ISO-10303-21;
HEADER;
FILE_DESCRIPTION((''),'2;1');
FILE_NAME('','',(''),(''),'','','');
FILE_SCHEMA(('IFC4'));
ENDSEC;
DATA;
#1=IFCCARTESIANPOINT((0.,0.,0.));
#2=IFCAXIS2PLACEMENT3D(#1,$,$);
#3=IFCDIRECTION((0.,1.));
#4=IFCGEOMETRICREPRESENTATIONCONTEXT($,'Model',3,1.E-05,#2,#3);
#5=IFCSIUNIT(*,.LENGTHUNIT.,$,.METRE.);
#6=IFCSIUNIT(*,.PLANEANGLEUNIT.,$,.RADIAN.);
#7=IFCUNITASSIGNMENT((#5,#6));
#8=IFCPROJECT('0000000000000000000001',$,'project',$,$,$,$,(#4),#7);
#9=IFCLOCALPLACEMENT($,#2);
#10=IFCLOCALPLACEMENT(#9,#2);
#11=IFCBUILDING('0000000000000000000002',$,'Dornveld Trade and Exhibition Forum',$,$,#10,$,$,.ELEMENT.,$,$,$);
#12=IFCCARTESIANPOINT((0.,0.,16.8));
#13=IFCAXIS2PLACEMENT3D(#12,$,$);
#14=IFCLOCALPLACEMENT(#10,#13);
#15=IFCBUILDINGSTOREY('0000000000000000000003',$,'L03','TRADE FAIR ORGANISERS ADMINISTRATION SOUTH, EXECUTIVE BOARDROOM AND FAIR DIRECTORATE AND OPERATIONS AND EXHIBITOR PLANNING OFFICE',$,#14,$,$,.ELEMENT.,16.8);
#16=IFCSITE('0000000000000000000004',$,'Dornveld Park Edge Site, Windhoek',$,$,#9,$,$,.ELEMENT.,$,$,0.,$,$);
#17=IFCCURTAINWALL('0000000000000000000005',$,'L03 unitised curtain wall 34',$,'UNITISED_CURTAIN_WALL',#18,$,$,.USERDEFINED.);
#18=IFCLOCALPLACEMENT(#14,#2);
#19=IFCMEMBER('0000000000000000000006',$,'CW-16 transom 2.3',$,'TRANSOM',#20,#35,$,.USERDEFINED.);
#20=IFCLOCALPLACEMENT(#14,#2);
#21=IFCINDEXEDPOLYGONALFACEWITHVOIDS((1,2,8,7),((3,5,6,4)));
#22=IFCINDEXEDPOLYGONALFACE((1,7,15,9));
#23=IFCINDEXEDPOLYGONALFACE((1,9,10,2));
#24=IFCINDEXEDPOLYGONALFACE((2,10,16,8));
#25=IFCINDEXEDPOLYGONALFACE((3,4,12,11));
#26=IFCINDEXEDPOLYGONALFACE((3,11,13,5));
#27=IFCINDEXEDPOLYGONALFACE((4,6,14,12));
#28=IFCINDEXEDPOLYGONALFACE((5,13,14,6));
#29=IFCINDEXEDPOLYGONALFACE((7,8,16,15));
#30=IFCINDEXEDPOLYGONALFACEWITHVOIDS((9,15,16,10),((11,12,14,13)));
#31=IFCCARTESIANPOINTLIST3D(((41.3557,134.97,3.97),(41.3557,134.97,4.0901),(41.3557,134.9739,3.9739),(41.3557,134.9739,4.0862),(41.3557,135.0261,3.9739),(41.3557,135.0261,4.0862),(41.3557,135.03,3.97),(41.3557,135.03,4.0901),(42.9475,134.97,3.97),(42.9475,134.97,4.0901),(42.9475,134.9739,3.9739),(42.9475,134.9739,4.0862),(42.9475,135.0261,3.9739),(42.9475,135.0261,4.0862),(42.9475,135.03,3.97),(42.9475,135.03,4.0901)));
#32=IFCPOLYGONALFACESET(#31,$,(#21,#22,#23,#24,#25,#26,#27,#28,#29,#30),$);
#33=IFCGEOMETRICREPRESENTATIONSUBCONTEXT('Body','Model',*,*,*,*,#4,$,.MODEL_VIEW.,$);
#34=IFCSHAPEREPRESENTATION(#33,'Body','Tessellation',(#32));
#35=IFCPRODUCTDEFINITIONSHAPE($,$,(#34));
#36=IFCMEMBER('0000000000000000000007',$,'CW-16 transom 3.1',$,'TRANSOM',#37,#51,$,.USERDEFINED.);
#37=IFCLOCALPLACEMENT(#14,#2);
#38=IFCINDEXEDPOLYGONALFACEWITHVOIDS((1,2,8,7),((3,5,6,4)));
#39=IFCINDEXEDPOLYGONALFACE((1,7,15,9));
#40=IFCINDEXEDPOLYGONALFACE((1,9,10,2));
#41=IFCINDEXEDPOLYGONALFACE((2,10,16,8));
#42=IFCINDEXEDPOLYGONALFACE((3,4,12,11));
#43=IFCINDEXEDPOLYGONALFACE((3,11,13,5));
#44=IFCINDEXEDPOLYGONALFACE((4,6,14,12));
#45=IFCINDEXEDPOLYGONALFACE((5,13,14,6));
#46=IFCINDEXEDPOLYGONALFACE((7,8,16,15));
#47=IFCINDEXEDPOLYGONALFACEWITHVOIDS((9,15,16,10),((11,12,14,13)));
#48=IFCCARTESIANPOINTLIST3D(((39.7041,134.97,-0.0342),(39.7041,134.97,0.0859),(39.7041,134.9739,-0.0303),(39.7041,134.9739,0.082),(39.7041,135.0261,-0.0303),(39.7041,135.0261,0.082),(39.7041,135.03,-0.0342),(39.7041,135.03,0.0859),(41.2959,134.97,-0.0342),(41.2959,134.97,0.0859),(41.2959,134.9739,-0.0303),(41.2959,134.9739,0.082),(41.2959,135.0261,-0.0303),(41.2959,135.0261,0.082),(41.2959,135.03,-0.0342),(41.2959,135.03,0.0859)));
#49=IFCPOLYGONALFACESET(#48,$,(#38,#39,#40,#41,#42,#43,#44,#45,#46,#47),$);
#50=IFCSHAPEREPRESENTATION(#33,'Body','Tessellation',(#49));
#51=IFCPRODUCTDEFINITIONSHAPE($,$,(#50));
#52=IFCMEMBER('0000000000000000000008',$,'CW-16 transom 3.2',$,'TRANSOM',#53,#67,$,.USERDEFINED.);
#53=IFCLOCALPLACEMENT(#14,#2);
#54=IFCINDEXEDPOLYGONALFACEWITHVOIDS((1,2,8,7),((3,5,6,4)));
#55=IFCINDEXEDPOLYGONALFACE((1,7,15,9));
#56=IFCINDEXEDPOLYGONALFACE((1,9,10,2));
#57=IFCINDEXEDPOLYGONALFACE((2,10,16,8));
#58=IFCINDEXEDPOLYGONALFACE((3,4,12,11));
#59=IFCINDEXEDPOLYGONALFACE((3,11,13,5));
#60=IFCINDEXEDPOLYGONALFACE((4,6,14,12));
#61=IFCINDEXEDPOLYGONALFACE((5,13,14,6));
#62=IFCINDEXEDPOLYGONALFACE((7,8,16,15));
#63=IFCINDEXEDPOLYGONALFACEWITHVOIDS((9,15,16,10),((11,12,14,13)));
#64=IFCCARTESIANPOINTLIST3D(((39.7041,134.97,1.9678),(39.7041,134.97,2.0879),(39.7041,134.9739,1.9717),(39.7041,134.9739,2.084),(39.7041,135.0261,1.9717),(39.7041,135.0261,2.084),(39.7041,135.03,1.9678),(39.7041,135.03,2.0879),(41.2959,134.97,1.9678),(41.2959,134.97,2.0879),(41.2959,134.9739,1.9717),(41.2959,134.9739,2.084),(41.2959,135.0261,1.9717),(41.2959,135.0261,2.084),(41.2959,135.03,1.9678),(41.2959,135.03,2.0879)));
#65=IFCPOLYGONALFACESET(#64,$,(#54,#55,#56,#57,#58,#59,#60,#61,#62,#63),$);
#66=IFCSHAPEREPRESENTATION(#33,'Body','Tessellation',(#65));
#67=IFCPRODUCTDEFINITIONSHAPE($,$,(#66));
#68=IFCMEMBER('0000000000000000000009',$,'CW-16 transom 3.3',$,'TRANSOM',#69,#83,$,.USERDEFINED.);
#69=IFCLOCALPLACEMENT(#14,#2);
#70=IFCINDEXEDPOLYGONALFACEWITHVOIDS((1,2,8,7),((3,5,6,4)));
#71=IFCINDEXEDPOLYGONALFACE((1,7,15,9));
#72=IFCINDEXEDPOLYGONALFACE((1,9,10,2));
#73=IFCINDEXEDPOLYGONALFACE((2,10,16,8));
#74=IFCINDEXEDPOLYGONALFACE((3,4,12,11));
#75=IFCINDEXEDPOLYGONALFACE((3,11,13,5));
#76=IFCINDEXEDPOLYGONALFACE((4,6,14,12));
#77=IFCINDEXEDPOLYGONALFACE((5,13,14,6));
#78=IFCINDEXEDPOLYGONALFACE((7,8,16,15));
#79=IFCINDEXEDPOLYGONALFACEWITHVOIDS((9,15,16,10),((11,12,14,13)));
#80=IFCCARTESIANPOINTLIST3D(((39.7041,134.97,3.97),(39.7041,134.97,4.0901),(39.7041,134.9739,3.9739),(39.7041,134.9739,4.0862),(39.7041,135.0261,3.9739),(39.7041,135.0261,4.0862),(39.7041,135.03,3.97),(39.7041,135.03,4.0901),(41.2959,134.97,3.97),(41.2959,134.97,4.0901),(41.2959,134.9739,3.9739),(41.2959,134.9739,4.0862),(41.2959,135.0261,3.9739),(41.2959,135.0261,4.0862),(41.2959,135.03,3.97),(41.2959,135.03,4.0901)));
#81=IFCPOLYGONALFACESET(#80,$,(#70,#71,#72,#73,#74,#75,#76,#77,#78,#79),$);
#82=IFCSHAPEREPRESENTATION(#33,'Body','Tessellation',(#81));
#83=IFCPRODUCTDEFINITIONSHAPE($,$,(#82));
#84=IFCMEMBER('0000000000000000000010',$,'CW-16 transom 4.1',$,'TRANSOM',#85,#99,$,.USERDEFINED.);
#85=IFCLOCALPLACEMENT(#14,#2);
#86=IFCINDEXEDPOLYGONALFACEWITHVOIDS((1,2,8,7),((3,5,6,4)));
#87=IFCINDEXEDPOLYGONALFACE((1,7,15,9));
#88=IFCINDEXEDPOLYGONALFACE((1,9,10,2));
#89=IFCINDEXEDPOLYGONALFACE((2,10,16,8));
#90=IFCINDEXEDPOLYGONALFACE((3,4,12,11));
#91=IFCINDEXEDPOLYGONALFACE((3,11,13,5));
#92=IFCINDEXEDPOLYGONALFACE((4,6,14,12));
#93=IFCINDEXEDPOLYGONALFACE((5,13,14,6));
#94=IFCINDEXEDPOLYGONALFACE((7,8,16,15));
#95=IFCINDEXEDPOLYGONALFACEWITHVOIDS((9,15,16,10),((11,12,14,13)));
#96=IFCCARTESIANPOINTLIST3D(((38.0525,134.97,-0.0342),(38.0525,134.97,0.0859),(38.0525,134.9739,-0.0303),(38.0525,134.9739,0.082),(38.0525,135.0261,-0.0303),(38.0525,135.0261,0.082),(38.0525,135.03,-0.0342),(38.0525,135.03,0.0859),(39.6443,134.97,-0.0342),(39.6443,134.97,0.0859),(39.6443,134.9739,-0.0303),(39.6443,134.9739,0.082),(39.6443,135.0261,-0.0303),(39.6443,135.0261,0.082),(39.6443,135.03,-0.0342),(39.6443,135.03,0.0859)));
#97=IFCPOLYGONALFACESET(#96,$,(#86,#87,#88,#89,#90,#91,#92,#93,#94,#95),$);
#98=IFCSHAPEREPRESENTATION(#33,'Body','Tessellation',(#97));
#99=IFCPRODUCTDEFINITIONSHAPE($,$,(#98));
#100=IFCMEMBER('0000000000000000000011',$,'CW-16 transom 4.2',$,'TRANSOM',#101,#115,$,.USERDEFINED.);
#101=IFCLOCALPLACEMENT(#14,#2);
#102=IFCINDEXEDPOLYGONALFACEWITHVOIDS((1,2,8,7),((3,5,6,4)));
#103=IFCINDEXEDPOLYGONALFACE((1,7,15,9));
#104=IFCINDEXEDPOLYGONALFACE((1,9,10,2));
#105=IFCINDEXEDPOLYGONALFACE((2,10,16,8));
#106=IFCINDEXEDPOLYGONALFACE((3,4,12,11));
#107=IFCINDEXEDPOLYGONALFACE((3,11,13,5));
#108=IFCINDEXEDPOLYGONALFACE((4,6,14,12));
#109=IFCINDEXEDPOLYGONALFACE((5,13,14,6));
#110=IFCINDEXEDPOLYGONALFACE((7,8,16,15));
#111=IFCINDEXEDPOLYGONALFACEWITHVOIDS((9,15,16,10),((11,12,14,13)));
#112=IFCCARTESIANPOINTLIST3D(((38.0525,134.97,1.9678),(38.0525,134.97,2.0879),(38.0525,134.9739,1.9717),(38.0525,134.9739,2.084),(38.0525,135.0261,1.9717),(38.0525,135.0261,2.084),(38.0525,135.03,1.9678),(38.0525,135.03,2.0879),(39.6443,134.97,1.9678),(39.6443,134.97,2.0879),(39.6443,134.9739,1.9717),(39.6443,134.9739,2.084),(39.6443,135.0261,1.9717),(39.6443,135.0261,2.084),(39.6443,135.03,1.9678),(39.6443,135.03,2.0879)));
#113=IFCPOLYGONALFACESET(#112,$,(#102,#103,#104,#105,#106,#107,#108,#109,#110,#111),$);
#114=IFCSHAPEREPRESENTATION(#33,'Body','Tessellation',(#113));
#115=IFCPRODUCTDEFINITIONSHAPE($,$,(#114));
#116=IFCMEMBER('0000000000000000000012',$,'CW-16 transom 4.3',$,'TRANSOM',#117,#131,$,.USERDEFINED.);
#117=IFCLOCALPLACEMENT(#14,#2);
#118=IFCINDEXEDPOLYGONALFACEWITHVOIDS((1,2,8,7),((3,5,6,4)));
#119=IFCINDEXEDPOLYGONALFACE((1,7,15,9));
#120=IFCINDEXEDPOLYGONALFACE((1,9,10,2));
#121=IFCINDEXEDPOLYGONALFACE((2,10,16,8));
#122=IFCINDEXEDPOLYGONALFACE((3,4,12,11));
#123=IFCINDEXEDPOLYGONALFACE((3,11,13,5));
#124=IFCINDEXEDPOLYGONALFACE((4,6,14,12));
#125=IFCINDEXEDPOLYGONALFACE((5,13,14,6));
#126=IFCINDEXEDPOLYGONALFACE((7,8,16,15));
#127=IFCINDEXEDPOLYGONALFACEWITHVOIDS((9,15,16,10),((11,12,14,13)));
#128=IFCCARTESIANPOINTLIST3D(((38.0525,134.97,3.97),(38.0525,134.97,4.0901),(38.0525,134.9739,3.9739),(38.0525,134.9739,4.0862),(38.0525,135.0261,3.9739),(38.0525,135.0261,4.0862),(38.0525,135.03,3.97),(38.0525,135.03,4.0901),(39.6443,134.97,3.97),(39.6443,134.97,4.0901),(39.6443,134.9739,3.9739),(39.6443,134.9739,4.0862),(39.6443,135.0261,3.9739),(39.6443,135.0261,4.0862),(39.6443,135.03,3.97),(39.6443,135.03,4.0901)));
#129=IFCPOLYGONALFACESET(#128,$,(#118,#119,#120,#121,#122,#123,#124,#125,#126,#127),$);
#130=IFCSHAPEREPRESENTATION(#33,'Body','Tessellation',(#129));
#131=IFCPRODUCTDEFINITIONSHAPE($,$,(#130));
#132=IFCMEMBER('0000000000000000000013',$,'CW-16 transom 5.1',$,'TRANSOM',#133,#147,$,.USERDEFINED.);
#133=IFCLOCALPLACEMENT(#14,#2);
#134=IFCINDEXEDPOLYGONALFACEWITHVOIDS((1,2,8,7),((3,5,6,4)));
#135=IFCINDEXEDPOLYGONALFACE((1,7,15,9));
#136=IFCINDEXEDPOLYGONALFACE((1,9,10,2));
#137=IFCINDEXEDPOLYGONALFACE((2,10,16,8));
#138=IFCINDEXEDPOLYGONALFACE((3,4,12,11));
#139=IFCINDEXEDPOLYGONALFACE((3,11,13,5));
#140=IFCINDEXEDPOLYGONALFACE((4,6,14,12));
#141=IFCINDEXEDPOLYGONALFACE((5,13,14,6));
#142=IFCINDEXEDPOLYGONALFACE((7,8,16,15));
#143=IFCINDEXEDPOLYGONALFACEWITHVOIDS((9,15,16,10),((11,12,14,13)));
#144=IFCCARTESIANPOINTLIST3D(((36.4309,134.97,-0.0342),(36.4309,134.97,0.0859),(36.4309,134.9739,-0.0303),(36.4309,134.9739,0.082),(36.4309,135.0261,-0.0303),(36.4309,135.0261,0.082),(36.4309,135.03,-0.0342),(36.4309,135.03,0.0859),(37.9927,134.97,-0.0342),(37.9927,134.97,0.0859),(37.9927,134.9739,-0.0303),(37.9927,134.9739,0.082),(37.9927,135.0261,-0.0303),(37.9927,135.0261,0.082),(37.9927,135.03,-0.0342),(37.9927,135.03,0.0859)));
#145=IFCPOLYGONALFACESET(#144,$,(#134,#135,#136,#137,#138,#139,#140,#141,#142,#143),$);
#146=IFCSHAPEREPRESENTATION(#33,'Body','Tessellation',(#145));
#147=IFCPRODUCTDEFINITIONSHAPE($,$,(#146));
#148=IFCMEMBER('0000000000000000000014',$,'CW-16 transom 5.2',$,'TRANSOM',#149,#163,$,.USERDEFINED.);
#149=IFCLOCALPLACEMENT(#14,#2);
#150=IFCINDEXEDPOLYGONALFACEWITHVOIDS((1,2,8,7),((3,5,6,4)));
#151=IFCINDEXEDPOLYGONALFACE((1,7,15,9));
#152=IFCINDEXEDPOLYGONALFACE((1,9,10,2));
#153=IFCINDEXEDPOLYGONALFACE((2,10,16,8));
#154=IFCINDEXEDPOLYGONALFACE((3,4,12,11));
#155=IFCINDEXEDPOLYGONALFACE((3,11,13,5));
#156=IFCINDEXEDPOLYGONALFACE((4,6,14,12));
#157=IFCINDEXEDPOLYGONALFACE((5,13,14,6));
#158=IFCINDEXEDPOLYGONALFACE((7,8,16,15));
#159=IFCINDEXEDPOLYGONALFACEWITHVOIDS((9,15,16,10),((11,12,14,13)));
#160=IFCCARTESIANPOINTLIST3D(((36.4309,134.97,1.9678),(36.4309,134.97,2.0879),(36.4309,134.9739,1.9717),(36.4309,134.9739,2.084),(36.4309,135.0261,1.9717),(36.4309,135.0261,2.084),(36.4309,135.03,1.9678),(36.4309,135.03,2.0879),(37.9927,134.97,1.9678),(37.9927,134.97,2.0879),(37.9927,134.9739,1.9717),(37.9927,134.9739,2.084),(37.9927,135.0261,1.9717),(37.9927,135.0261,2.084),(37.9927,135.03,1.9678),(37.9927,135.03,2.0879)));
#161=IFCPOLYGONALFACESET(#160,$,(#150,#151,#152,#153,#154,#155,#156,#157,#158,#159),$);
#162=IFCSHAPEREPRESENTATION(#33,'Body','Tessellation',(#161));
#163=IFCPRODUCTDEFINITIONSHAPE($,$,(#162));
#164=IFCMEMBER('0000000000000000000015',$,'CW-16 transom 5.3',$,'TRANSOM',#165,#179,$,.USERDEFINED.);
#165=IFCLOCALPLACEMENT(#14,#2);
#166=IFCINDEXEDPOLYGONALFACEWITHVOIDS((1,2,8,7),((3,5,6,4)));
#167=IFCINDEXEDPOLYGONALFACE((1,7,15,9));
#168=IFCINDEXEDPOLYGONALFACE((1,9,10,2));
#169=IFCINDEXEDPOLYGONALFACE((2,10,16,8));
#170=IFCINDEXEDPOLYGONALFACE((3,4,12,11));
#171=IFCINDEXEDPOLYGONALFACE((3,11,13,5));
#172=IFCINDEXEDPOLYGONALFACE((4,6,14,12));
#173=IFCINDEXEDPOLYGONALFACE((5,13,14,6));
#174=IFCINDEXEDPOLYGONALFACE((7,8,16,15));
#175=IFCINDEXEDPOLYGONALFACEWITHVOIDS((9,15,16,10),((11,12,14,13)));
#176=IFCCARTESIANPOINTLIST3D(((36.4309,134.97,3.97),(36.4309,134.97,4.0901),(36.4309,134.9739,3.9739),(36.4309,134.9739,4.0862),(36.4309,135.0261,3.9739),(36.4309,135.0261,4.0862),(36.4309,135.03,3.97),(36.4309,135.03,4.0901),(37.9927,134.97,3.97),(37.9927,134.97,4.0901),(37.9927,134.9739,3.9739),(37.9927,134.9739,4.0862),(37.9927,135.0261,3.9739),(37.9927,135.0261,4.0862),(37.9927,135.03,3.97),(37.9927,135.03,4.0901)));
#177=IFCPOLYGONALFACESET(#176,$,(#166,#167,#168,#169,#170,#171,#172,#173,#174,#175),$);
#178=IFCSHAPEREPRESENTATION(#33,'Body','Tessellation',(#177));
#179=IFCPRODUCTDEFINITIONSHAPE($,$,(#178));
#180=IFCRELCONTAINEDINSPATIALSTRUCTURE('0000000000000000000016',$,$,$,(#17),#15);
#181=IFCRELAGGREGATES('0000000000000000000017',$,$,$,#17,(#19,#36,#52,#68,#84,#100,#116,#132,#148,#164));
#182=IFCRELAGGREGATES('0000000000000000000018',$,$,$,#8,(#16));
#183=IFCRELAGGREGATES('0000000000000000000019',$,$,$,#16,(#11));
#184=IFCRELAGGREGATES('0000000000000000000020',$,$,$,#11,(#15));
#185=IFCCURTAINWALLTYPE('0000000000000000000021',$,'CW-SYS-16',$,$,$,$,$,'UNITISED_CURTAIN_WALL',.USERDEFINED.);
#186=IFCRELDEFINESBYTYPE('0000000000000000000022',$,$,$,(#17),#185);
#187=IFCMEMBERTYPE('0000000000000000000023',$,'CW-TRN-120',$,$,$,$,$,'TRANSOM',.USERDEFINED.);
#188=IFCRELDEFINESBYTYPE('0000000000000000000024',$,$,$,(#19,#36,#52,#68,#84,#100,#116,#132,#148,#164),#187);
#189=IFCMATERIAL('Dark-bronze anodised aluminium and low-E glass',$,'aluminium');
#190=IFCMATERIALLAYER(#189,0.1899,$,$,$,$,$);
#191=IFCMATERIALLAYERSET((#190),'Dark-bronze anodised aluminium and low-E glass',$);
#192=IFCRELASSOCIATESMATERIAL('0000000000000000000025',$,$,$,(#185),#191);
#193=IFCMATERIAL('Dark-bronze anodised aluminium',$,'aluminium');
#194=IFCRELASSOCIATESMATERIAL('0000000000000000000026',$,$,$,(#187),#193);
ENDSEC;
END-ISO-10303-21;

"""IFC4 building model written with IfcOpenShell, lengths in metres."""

from ifc_helpers import new_model, si_unit, direction, frame, origin, origin_2d, place, context, subcontext, project, spatial, hollow_rectangle, extrude, material, layer, layer_set, material_profile, profile_set, type_object, element, aggregate, save


model = new_model("IFC4")

# Units and contexts
model_context = context("Model", 3, precision=1e-05, world=origin(), true_north=direction((0.0, 1.0)))
body_context = subcontext(model_context, "Body", "Model", "MODEL_VIEW")
ifc_project = project(units=[si_unit("LENGTHUNIT", "METRE"), si_unit("PLANEANGLEUNIT", "RADIAN")], contexts=[model_context])

# Site, building, storey
site_placement = place(None, origin())
site = spatial("IfcSite", under=ifc_project, at=site_placement, Name="Dornveld Park Edge Site, Windhoek", CompositionType="ELEMENT", RefElevation=0.0)
building_placement = place(site_placement, origin())
building = spatial("IfcBuilding", under=site, at=building_placement, Name="Dornveld Trade and Exhibition Forum", CompositionType="ELEMENT")
storey_placement = place(building_placement, frame((0.0, 0.0, 16.8)))
storey = spatial("IfcBuildingStorey", under=building, at=storey_placement, Name="L03", Description="TRADE FAIR ORGANISERS ADMINISTRATION SOUTH, EXECUTIVE BOARDROOM AND FAIR DIRECTORATE AND OPERATIONS AND EXHIBITOR PLANNING OFFICE", CompositionType="ELEMENT", Elevation=16.8)

# Curtain wall, members
ifc_material_1 = material(Name="Dark-bronze anodised aluminium and low-E glass", Category="aluminium")
ifc_layer_1 = layer(ifc_material_1, 0.1899)
ifc_layer_set_1 = layer_set([ifc_layer_1], Name="Dark-bronze anodised aluminium and low-E glass")
curtain_wall_type_1 = type_object("IfcCurtainWallType", Name="CW-SYS-16", ElementType="UNITISED_CURTAIN_WALL", PredefinedType="USERDEFINED", material=ifc_layer_set_1)
curtain_wall_1_placement = place(storey_placement, origin())
curtain_wall_1 = element("IfcCurtainWall", 1, at=curtain_wall_1_placement, inside=storey, type_object=curtain_wall_type_1, Name="L03 unitised curtain wall 34", ObjectType="UNITISED_CURTAIN_WALL", PredefinedType="USERDEFINED")
ifc_material_2 = material(Name="Dark-bronze anodised aluminium", Category="aluminium")
ifc_material_profile_1 = material_profile(ifc_material_2, hollow_rectangle(XDim=0.0601, YDim=0.1201, WallThickness=0.0039, at=origin_2d()), Name="RHS 120x60x4")
ifc_profile_set_1 = profile_set([ifc_material_profile_1], Name="Dark-bronze anodised aluminium")
member_type_1 = type_object("IfcMemberType", Name="CW-TRN-120", ElementType="TRANSOM", PredefinedType="USERDEFINED", material=ifc_profile_set_1)
member_1_placement = place(storey_placement, frame((42.9475, 135.0, 4.03), z_axis=(-1.0, 0.0, 0.0), x_axis=(0.0, -1.0, 0.0)))
member_1 = element("IfcMember", 2, at=member_1_placement, type_object=member_type_1, Name="CW-16 transom 2.3", ObjectType="TRANSOM", PredefinedType="USERDEFINED", context=body_context, shape_type="SweptSolid", body=[
    extrude(hollow_rectangle(XDim=0.0601, YDim=0.1201, WallThickness=0.0039, at=origin_2d()), origin(), (0.0, 0.0, 1.0), 1.5918),
])
member_2_placement = place(storey_placement, frame((41.2959, 135.0, 0.0259), z_axis=(-1.0, 0.0, 0.0), x_axis=(0.0, -1.0, 0.0)))
member_2 = element("IfcMember", 3, at=member_2_placement, type_object=member_type_1, Name="CW-16 transom 3.1", ObjectType="TRANSOM", PredefinedType="USERDEFINED", context=body_context, shape_type="SweptSolid", body=[
    extrude(hollow_rectangle(XDim=0.0601, YDim=0.1201, WallThickness=0.0039, at=origin_2d()), origin(), (0.0, 0.0, 1.0), 1.5918),
])
member_3_placement = place(storey_placement, frame((41.2959, 135.0, 2.0278), z_axis=(-1.0, 0.0, 0.0), x_axis=(0.0, -1.0, 0.0)))
member_3 = element("IfcMember", 4, at=member_3_placement, type_object=member_type_1, Name="CW-16 transom 3.2", ObjectType="TRANSOM", PredefinedType="USERDEFINED", context=body_context, shape_type="SweptSolid", body=[
    extrude(hollow_rectangle(XDim=0.0601, YDim=0.1201, WallThickness=0.0039, at=origin_2d()), origin(), (0.0, 0.0, 1.0), 1.5918),
])
member_4_placement = place(storey_placement, frame((41.2959, 135.0, 4.03), z_axis=(-1.0, 0.0, 0.0), x_axis=(0.0, -1.0, 0.0)))
member_4 = element("IfcMember", 5, at=member_4_placement, type_object=member_type_1, Name="CW-16 transom 3.3", ObjectType="TRANSOM", PredefinedType="USERDEFINED", context=body_context, shape_type="SweptSolid", body=[
    extrude(hollow_rectangle(XDim=0.0601, YDim=0.1201, WallThickness=0.0039, at=origin_2d()), origin(), (0.0, 0.0, 1.0), 1.5918),
])
member_5_placement = place(storey_placement, frame((39.6443, 135.0, 0.0259), z_axis=(-1.0, 0.0, 0.0), x_axis=(0.0, -1.0, 0.0)))
member_5 = element("IfcMember", 6, at=member_5_placement, type_object=member_type_1, Name="CW-16 transom 4.1", ObjectType="TRANSOM", PredefinedType="USERDEFINED", context=body_context, shape_type="SweptSolid", body=[
    extrude(hollow_rectangle(XDim=0.0601, YDim=0.1201, WallThickness=0.0039, at=origin_2d()), origin(), (0.0, 0.0, 1.0), 1.5918),
])
member_6_placement = place(storey_placement, frame((39.6443, 135.0, 2.0278), z_axis=(-1.0, 0.0, 0.0), x_axis=(0.0, -1.0, 0.0)))
member_6 = element("IfcMember", 7, at=member_6_placement, type_object=member_type_1, Name="CW-16 transom 4.2", ObjectType="TRANSOM", PredefinedType="USERDEFINED", context=body_context, shape_type="SweptSolid", body=[
    extrude(hollow_rectangle(XDim=0.0601, YDim=0.1201, WallThickness=0.0039, at=origin_2d()), origin(), (0.0, 0.0, 1.0), 1.5918),
])
member_7_placement = place(storey_placement, frame((39.6443, 135.0, 4.03), z_axis=(-1.0, 0.0, 0.0), x_axis=(0.0, -1.0, 0.0)))
member_7 = element("IfcMember", 8, at=member_7_placement, type_object=member_type_1, Name="CW-16 transom 4.3", ObjectType="TRANSOM", PredefinedType="USERDEFINED", context=body_context, shape_type="SweptSolid", body=[
    extrude(hollow_rectangle(XDim=0.0601, YDim=0.1201, WallThickness=0.0039, at=origin_2d()), origin(), (0.0, 0.0, 1.0), 1.5918),
])
member_8_placement = place(storey_placement, frame((37.9927, 135.0, 0.0259), z_axis=(-1.0, 0.0, 0.0), x_axis=(0.0, -1.0, 0.0)))
member_8 = element("IfcMember", 9, at=member_8_placement, type_object=member_type_1, Name="CW-16 transom 5.1", ObjectType="TRANSOM", PredefinedType="USERDEFINED", context=body_context, shape_type="SweptSolid", body=[
    extrude(hollow_rectangle(XDim=0.0601, YDim=0.1201, WallThickness=0.0039, at=origin_2d()), origin(), (0.0, 0.0, 1.0), 1.5618),
])
member_9_placement = place(storey_placement, frame((37.9927, 135.0, 2.0278), z_axis=(-1.0, 0.0, 0.0), x_axis=(0.0, -1.0, 0.0)))
member_9 = element("IfcMember", 10, at=member_9_placement, type_object=member_type_1, Name="CW-16 transom 5.2", ObjectType="TRANSOM", PredefinedType="USERDEFINED", context=body_context, shape_type="SweptSolid", body=[
    extrude(hollow_rectangle(XDim=0.0601, YDim=0.1201, WallThickness=0.0039, at=origin_2d()), origin(), (0.0, 0.0, 1.0), 1.5618),
])
member_10_placement = place(storey_placement, frame((37.9927, 135.0, 4.03), z_axis=(-1.0, 0.0, 0.0), x_axis=(0.0, -1.0, 0.0)))
member_10 = element("IfcMember", 11, at=member_10_placement, type_object=member_type_1, Name="CW-16 transom 5.3", ObjectType="TRANSOM", PredefinedType="USERDEFINED", context=body_context, shape_type="SweptSolid", body=[
    extrude(hollow_rectangle(XDim=0.0601, YDim=0.1201, WallThickness=0.0039, at=origin_2d()), origin(), (0.0, 0.0, 1.0), 1.5618),
])

aggregate(curtain_wall_1, [member_1, member_2, member_3, member_4, member_5, member_6, member_7, member_8, member_9, member_10])

save(model, "model.ifc")
